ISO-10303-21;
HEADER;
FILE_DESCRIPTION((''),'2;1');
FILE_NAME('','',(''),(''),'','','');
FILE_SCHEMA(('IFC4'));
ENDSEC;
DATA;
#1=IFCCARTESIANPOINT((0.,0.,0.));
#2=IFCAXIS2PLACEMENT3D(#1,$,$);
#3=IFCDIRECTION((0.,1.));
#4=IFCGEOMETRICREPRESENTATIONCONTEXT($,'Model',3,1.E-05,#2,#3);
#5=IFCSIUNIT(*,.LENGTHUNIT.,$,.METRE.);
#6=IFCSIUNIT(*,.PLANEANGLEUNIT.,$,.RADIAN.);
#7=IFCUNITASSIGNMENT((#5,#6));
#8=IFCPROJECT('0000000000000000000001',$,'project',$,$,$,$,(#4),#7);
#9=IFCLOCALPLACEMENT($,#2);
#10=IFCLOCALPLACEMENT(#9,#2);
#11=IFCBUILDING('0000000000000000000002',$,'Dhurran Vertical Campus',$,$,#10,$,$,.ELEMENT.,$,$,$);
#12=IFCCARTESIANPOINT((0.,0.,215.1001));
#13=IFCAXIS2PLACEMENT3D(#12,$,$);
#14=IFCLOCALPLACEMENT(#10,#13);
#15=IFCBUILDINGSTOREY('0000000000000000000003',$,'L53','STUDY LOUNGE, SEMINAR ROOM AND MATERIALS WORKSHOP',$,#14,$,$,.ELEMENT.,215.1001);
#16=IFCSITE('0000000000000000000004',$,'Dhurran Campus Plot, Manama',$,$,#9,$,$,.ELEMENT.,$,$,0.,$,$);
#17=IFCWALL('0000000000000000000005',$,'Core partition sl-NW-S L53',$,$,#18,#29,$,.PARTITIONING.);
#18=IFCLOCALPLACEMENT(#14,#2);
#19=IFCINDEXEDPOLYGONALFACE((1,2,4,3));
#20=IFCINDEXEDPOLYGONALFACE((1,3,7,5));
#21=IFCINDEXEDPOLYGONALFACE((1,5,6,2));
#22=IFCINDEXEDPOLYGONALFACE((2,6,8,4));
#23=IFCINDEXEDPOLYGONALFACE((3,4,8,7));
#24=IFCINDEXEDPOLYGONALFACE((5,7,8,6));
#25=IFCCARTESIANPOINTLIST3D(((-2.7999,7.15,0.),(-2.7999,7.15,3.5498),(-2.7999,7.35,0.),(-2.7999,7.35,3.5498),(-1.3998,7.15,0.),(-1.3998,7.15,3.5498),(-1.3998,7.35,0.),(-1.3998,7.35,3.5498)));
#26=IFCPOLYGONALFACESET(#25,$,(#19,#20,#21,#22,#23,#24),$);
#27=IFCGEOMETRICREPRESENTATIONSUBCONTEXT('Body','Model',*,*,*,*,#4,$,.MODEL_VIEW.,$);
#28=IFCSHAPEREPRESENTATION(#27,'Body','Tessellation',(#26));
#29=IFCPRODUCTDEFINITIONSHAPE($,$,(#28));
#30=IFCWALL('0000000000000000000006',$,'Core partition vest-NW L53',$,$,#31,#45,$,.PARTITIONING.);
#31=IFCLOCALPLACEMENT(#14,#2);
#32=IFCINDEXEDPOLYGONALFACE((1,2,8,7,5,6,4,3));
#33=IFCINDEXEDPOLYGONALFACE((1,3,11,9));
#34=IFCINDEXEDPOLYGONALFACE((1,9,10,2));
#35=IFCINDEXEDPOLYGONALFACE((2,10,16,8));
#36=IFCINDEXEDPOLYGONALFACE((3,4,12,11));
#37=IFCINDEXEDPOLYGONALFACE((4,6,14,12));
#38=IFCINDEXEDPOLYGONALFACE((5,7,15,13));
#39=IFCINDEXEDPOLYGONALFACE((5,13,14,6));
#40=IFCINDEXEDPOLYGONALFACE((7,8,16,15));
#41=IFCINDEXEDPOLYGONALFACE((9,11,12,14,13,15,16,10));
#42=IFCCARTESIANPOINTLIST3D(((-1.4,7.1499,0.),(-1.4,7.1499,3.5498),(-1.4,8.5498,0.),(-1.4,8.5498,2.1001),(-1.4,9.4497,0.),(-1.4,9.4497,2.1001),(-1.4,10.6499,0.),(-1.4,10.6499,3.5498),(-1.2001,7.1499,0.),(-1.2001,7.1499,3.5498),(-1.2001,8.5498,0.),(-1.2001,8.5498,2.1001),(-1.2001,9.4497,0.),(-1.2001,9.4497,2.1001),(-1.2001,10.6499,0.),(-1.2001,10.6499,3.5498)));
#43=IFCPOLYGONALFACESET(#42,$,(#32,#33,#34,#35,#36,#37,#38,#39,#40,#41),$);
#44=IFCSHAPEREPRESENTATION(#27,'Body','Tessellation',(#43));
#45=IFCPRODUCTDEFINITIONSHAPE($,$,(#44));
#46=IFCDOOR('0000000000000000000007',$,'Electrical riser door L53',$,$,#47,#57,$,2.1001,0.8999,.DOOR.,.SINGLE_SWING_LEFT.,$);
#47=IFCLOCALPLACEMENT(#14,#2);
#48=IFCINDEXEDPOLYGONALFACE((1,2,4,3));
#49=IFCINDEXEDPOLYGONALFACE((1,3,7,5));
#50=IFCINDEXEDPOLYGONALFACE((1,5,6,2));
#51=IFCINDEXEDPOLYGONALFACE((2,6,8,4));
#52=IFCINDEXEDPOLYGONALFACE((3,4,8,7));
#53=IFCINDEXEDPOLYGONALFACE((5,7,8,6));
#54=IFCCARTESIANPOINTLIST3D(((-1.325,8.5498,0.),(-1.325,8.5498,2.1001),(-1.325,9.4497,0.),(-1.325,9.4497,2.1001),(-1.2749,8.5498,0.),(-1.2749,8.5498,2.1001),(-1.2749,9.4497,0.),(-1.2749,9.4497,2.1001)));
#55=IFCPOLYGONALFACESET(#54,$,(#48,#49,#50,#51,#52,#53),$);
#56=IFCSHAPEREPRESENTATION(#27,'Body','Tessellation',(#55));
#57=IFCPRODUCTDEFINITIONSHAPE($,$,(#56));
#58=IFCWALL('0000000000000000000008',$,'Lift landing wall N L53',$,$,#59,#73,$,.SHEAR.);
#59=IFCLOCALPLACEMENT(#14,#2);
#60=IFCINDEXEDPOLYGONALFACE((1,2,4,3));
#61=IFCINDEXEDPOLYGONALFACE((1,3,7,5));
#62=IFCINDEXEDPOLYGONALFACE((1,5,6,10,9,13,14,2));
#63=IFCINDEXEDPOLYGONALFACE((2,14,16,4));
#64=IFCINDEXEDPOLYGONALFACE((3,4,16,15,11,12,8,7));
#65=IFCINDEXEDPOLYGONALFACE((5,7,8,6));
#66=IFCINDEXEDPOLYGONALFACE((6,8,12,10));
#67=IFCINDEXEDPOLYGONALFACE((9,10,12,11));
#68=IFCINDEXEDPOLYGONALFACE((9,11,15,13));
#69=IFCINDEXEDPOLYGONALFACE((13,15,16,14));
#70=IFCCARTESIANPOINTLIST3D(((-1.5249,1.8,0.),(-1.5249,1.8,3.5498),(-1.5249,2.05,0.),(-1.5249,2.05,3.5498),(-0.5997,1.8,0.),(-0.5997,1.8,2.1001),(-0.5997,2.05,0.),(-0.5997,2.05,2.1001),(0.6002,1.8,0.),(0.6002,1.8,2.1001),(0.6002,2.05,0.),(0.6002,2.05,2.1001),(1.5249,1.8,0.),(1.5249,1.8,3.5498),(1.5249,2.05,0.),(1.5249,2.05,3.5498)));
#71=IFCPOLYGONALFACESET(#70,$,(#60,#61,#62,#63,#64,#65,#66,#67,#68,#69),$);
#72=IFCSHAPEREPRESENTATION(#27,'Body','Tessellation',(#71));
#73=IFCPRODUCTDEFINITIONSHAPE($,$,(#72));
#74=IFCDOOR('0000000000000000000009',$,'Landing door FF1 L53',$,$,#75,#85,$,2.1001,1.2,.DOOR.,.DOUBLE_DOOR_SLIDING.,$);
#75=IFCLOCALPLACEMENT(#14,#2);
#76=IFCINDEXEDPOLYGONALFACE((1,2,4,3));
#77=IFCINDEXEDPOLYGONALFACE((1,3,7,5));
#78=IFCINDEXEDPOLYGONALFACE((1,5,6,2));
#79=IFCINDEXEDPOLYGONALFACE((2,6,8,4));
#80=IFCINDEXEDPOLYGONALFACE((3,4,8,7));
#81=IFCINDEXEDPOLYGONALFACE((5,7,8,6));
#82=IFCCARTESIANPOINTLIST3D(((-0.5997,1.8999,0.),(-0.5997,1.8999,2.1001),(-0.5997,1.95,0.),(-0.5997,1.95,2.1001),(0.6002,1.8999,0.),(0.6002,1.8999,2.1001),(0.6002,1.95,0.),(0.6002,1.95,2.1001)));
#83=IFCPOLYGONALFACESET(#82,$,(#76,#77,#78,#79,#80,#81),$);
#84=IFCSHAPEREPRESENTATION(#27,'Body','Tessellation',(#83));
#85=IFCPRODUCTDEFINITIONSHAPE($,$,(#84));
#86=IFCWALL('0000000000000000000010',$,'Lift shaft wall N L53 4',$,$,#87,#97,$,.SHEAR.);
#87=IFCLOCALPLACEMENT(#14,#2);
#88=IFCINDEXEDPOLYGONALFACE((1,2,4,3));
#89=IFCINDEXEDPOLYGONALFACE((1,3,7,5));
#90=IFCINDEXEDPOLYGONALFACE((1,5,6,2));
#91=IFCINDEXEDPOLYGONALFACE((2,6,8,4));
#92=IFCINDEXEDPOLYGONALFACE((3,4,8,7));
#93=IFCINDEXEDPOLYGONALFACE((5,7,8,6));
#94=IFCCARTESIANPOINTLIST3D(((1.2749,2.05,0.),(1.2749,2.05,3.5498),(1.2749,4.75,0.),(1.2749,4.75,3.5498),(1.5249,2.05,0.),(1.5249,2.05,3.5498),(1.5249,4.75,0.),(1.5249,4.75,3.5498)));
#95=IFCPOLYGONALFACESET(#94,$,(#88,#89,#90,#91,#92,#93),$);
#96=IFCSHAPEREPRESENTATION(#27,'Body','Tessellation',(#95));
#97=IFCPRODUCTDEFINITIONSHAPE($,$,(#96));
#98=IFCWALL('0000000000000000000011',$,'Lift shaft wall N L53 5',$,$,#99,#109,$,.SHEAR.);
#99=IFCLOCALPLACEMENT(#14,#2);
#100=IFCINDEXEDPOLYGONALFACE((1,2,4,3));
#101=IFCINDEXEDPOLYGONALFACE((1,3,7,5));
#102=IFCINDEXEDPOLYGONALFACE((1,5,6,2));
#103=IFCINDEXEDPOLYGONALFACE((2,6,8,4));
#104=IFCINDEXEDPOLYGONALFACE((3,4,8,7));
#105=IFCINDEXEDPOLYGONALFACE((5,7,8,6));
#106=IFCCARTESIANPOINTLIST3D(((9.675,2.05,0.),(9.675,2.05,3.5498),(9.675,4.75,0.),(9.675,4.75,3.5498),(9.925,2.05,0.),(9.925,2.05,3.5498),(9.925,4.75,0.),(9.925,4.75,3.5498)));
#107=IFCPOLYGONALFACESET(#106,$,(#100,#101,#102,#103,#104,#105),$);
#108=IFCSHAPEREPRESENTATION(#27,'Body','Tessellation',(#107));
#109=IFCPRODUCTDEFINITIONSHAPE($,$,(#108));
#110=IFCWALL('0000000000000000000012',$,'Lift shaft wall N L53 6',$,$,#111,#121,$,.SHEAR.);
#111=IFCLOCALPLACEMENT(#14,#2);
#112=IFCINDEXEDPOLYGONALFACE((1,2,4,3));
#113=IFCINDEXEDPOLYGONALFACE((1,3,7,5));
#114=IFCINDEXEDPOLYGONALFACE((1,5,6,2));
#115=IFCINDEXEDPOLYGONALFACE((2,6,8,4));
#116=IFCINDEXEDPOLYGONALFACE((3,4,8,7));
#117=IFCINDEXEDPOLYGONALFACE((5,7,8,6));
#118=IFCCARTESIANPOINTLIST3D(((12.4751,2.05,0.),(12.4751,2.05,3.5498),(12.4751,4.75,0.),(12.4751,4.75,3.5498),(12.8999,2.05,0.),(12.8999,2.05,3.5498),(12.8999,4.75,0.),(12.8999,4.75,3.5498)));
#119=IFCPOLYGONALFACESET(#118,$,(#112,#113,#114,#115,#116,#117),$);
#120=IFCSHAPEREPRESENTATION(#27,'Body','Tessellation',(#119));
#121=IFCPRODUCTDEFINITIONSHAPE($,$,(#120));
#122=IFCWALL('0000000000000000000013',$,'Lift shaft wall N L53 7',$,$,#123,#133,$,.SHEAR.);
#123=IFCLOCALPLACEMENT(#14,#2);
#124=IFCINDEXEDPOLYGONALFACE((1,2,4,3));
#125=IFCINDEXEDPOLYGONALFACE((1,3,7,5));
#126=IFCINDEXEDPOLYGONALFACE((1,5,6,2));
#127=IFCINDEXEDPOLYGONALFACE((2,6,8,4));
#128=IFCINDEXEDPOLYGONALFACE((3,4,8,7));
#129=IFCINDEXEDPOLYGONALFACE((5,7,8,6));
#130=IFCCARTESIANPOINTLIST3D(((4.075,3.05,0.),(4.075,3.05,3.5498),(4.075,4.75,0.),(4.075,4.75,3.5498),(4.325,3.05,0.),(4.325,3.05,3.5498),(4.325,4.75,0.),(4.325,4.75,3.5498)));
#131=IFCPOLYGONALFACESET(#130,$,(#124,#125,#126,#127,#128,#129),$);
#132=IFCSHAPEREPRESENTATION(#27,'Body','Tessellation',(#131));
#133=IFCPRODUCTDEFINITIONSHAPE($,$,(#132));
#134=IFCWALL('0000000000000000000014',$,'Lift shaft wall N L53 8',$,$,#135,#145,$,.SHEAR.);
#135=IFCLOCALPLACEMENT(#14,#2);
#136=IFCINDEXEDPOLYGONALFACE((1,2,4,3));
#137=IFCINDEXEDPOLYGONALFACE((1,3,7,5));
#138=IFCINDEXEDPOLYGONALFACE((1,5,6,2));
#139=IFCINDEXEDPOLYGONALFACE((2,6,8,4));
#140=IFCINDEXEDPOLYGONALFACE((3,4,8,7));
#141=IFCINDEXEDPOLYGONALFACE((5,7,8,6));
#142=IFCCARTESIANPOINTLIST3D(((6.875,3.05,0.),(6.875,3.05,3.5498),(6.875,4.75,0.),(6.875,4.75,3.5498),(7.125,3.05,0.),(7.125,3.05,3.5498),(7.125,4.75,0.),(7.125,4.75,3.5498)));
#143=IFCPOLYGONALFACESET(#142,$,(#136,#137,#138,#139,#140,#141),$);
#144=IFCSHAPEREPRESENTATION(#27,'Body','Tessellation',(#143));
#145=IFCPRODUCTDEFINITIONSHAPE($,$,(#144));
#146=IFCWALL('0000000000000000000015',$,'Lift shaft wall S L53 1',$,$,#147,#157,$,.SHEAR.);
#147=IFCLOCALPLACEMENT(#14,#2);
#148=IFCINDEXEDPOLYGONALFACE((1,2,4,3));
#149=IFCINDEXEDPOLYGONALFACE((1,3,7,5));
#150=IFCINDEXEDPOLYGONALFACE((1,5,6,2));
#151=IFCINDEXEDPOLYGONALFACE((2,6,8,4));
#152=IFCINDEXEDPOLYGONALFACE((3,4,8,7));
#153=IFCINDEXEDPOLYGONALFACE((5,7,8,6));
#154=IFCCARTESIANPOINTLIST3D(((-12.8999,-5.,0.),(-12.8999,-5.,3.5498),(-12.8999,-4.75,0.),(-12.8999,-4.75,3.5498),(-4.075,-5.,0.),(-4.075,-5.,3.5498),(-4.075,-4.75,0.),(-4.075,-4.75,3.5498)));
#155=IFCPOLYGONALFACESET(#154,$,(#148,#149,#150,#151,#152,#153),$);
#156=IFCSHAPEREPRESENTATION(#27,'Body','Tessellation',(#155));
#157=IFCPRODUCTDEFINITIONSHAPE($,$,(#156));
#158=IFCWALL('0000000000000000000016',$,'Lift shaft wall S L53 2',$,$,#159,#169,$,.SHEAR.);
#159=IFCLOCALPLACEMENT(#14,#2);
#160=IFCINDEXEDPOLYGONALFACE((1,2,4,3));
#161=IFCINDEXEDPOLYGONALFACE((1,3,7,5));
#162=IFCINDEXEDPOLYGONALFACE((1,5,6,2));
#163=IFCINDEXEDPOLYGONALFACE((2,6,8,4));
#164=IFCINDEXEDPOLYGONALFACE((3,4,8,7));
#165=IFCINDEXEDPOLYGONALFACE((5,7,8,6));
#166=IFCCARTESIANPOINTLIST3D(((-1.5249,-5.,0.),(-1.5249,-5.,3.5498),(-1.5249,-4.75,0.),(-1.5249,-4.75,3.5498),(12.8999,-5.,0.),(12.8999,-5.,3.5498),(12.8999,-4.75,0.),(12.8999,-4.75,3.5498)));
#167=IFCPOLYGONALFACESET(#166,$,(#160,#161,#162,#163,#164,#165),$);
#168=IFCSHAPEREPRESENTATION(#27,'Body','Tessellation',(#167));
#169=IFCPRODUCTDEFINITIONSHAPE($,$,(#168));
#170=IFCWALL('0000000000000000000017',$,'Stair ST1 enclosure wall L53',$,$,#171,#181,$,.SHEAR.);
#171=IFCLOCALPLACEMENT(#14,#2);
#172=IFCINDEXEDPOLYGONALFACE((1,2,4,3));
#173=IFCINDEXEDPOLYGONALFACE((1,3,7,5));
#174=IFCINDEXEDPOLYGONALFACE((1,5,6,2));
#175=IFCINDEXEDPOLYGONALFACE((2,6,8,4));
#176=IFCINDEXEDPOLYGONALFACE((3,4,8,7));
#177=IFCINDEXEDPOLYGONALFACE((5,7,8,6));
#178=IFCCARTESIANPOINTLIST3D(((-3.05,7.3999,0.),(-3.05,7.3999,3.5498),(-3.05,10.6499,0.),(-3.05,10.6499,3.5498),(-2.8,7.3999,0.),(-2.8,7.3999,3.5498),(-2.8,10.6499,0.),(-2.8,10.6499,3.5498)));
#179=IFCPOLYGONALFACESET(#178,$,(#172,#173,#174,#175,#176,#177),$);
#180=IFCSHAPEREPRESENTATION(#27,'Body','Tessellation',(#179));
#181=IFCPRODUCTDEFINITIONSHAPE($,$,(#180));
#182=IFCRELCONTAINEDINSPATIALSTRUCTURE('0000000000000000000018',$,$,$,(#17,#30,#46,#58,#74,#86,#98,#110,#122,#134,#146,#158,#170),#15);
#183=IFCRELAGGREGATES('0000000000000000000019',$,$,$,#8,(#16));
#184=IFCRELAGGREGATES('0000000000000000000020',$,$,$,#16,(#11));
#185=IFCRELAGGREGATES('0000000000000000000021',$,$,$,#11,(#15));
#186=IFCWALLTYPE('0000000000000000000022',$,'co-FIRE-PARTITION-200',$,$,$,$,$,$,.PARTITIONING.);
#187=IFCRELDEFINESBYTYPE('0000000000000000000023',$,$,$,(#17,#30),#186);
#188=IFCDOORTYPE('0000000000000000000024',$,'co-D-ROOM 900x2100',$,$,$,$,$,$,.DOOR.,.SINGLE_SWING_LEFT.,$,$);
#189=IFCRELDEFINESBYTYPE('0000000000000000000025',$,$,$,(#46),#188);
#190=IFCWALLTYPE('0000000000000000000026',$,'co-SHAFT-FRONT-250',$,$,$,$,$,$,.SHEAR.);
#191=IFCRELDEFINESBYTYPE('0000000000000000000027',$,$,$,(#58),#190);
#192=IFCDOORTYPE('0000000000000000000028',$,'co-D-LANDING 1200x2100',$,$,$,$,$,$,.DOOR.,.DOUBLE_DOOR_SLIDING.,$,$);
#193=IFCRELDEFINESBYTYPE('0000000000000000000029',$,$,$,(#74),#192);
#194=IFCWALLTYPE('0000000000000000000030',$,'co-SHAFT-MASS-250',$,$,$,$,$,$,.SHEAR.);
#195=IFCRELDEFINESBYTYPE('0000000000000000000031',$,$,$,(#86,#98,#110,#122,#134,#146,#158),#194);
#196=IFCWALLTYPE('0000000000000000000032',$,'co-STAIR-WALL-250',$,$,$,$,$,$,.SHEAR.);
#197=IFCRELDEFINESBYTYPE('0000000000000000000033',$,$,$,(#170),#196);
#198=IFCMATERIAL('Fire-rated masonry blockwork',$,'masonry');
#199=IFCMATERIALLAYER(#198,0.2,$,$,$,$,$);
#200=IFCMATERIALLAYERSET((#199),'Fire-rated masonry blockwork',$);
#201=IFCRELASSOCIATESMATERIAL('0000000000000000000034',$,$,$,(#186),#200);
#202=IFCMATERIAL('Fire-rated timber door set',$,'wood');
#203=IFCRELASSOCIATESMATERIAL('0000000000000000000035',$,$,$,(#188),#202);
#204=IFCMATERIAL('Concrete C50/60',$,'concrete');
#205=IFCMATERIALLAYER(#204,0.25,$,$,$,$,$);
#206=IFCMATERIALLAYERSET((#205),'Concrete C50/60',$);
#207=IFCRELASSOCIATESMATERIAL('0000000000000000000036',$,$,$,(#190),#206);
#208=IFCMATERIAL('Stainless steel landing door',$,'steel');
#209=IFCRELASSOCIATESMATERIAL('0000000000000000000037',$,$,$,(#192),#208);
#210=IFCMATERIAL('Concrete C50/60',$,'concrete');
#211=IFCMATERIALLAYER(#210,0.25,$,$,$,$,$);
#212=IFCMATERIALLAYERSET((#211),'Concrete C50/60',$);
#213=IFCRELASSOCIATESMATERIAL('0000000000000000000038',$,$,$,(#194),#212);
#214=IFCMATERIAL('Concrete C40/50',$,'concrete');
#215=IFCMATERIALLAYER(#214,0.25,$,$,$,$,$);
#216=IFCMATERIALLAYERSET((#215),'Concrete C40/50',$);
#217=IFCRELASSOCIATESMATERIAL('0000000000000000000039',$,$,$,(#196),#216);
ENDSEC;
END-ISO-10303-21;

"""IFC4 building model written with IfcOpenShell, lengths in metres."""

from ifc_helpers import new_model, si_unit, direction, frame, frame_2d, origin, place, context, subcontext, project, spatial, polyline, rectangle, outline, extrude, material, layer, layer_set, type_object, element, fill, save


model = new_model("IFC4")

# Units and contexts
model_context = context("Model", 3, precision=1e-05, world=origin(), true_north=direction((0.0, 1.0)))
body_context = subcontext(model_context, "Body", "Model", "MODEL_VIEW")
ifc_project = project(units=[si_unit("LENGTHUNIT", "METRE"), si_unit("PLANEANGLEUNIT", "RADIAN")], contexts=[model_context])

# Site, building, storey
site_placement = place(None, origin())
site = spatial("IfcSite", under=ifc_project, at=site_placement, Name="Dhurran Campus Plot, Manama", CompositionType="ELEMENT", RefElevation=0.0)
building_placement = place(site_placement, origin())
building = spatial("IfcBuilding", under=site, at=building_placement, Name="Dhurran Vertical Campus", CompositionType="ELEMENT")
storey_placement = place(building_placement, frame((0.0, 0.0, 215.1001)))
storey = spatial("IfcBuildingStorey", under=building, at=storey_placement, Name="L53", Description="STUDY LOUNGE, SEMINAR ROOM AND MATERIALS WORKSHOP", CompositionType="ELEMENT", Elevation=215.1001)

# Wall
ifc_material_1 = material(Name="Fire-rated masonry blockwork", Category="masonry")
ifc_layer_1 = layer(ifc_material_1, 0.2)
ifc_layer_set_1 = layer_set([ifc_layer_1], Name="Fire-rated masonry blockwork")
wall_type_1 = type_object("IfcWallType", Name="co-FIRE-PARTITION-200", PredefinedType="PARTITIONING", material=ifc_layer_set_1)
wall_1_placement = place(storey_placement, frame((-2.8, 7.25, 0.0), z_axis=(0.0, 0.0, 1.0), x_axis=(1.0, 0.0, 0.0)))
element("IfcWall", 1, at=wall_1_placement, inside=storey, type_object=wall_type_1, Name="Core partition sl-NW-S L53", PredefinedType="PARTITIONING", context=body_context, shape_type="SweptSolid", body=[
    extrude(rectangle(XDim=1.4001, YDim=0.2, at=frame_2d((0.7002, 0.0))), origin(), (0.0, 0.0, 1.0), 3.5498),
])

# Walls, openings, doors
wall_2_placement = place(storey_placement, frame((-1.3, 7.1499, 0.0), z_axis=(0.0, 0.0, 1.0), x_axis=(0.0, 1.0, 0.0)))
wall_2 = element("IfcWall", 2, at=wall_2_placement, inside=storey, type_object=wall_type_1, Name="Core partition vest-NW L53", PredefinedType="PARTITIONING", context=body_context, shape_type="SweptSolid", body=[
    extrude(rectangle(XDim=3.5, YDim=0.2, at=frame_2d((1.75, 0.0))), origin(), (0.0, 0.0, 1.0), 3.5498),
])
opening_1_placement = place(wall_2_placement, frame((1.3999, 0.0, 0.0)))
opening_1 = element("IfcOpeningElement", 3, at=opening_1_placement, cuts=wall_2, PredefinedType="OPENING", context=body_context, shape_type="SweptSolid", body=[
    extrude(rectangle(XDim=0.8999, YDim=2.1001, at=frame_2d((0.45, 1.05))), frame((0.0, 0.1099, 0.0), z_axis=(0.0, -1.0, 0.0), x_axis=(1.0, 0.0, 0.0)), (0.0, 0.0, 1.0), 0.22),
])
ifc_material_2 = material(Name="Fire-rated timber door set", Category="wood")
door_type_1 = type_object("IfcDoorType", Name="co-D-ROOM 900x2100", OperationType="SINGLE_SWING_LEFT", PredefinedType="DOOR", material=ifc_material_2)
door_1_placement = place(opening_1_placement, origin())
door_1 = element("IfcDoor", 4, at=door_1_placement, inside=storey, type_object=door_type_1, Name="Electrical riser door L53", OperationType="SINGLE_SWING_LEFT", OverallHeight=2.1001, OverallWidth=0.8999, PredefinedType="DOOR", context=body_context, shape_type="SweptSolid", body=[
    extrude(rectangle(XDim=0.8999, YDim=2.1001, at=frame_2d((0.45, 1.05))), frame((0.0, 0.0249, 0.0), z_axis=(0.0, -1.0, 0.0), x_axis=(1.0, 0.0, 0.0)), (0.0, 0.0, 1.0), 0.05),
])
fill(opening_1, door_1)
ifc_material_3 = material(Name="Concrete C50/60", Category="concrete")
ifc_layer_2 = layer(ifc_material_3, 0.25)
ifc_layer_set_2 = layer_set([ifc_layer_2], Name="Concrete C50/60")
wall_type_2 = type_object("IfcWallType", Name="co-SHAFT-FRONT-250", PredefinedType="SHEAR", material=ifc_layer_set_2)
wall_3_placement = place(storey_placement, frame((-1.5249, 1.925, 0.0), z_axis=(0.0, 0.0, 1.0), x_axis=(1.0, 0.0, 0.0)))
wall_3 = element("IfcWall", 5, at=wall_3_placement, inside=storey, type_object=wall_type_2, Name="Lift landing wall N L53", PredefinedType="SHEAR", context=body_context, shape_type="SweptSolid", body=[
    extrude(rectangle(XDim=3.0498, YDim=0.25, at=frame_2d((1.5249, 0.0))), origin(), (0.0, 0.0, 1.0), 3.5498),
])
opening_2_placement = place(wall_3_placement, frame((0.925, 0.0, 0.0)))
opening_2 = element("IfcOpeningElement", 6, at=opening_2_placement, cuts=wall_3, PredefinedType="OPENING", context=body_context, shape_type="SweptSolid", body=[
    extrude(rectangle(XDim=1.2, YDim=2.1001, at=frame_2d((0.6001, 1.05))), frame((0.0, 0.135, 0.0), z_axis=(0.0, -1.0, 0.0), x_axis=(1.0, 0.0, 0.0)), (0.0, 0.0, 1.0), 0.27),
])
ifc_material_4 = material(Name="Stainless steel landing door", Category="steel")
door_type_2 = type_object("IfcDoorType", Name="co-D-LANDING 1200x2100", OperationType="DOUBLE_DOOR_SLIDING", PredefinedType="DOOR", material=ifc_material_4)
door_2_placement = place(opening_2_placement, origin())
door_2 = element("IfcDoor", 7, at=door_2_placement, inside=storey, type_object=door_type_2, Name="Landing door FF1 L53", OperationType="DOUBLE_DOOR_SLIDING", OverallHeight=2.1001, OverallWidth=1.2, PredefinedType="DOOR", context=body_context, shape_type="SweptSolid", body=[
    extrude(rectangle(XDim=1.2, YDim=2.1001, at=frame_2d((0.6001, 1.05))), frame((0.0, 0.0249, 0.0), z_axis=(0.0, -1.0, 0.0), x_axis=(1.0, 0.0, 0.0)), (0.0, 0.0, 1.0), 0.05),
])
fill(opening_2, door_2)

# Walls
ifc_material_5 = material(Name="Concrete C50/60", Category="concrete")
ifc_layer_3 = layer(ifc_material_5, 0.25)
ifc_layer_set_3 = layer_set([ifc_layer_3], Name="Concrete C50/60")
wall_type_3 = type_object("IfcWallType", Name="co-SHAFT-MASS-250", PredefinedType="SHEAR", material=ifc_layer_set_3)
wall_4_placement = place(storey_placement, origin())
element("IfcWall", 8, at=wall_4_placement, inside=storey, type_object=wall_type_3, Name="Lift shaft wall N L53 4", PredefinedType="SHEAR", context=body_context, shape_type="SweptSolid", body=[
    extrude(outline(polyline([(1.2749, 2.05), (1.5249, 2.05), (1.5249, 4.75), (1.2749, 4.75), (1.2749, 2.05)])), origin(), (0.0, 0.0, 1.0), 3.5498),
])
wall_5_placement = place(storey_placement, origin())
element("IfcWall", 9, at=wall_5_placement, inside=storey, type_object=wall_type_3, Name="Lift shaft wall N L53 5", PredefinedType="SHEAR", context=body_context, shape_type="SweptSolid", body=[
    extrude(outline(polyline([(9.675, 2.05), (9.925, 2.05), (9.925, 4.75), (9.675, 4.75), (9.675, 2.05)])), origin(), (0.0, 0.0, 1.0), 3.5498),
])
wall_6_placement = place(storey_placement, origin())
element("IfcWall", 10, at=wall_6_placement, inside=storey, type_object=wall_type_3, Name="Lift shaft wall N L53 6", PredefinedType="SHEAR", context=body_context, shape_type="SweptSolid", body=[
    extrude(outline(polyline([(12.4751, 2.05), (12.8999, 2.05), (12.8999, 4.75), (12.4751, 4.75), (12.4751, 2.05)])), origin(), (0.0, 0.0, 1.0), 3.5498),
])
wall_7_placement = place(storey_placement, origin())
element("IfcWall", 11, at=wall_7_placement, inside=storey, type_object=wall_type_3, Name="Lift shaft wall N L53 7", PredefinedType="SHEAR", context=body_context, shape_type="SweptSolid", body=[
    extrude(outline(polyline([(4.075, 3.05), (4.325, 3.05), (4.325, 4.75), (4.075, 4.75), (4.075, 3.05)])), origin(), (0.0, 0.0, 1.0), 3.5498),
])
wall_8_placement = place(storey_placement, origin())
element("IfcWall", 12, at=wall_8_placement, inside=storey, type_object=wall_type_3, Name="Lift shaft wall N L53 8", PredefinedType="SHEAR", context=body_context, shape_type="SweptSolid", body=[
    extrude(outline(polyline([(6.875, 3.05), (7.125, 3.05), (7.125, 4.75), (6.875, 4.75), (6.875, 3.05)])), origin(), (0.0, 0.0, 1.0), 3.5498),
])
wall_9_placement = place(storey_placement, origin())
element("IfcWall", 13, at=wall_9_placement, inside=storey, type_object=wall_type_3, Name="Lift shaft wall S L53 1", PredefinedType="SHEAR", context=body_context, shape_type="SweptSolid", body=[
    extrude(outline(polyline([(-12.8999, -5.0), (-4.075, -5.0), (-4.075, -4.75), (-12.8999, -4.75), (-12.8999, -5.0)])), origin(), (0.0, 0.0, 1.0), 3.5498),
])
wall_10_placement = place(storey_placement, origin())
element("IfcWall", 14, at=wall_10_placement, inside=storey, type_object=wall_type_3, Name="Lift shaft wall S L53 2", PredefinedType="SHEAR", context=body_context, shape_type="SweptSolid", body=[
    extrude(outline(polyline([(-1.5249, -5.0), (12.8999, -5.0), (12.8999, -4.75), (-1.5249, -4.75), (-1.5249, -5.0)])), origin(), (0.0, 0.0, 1.0), 3.5498),
])
ifc_material_6 = material(Name="Concrete C40/50", Category="concrete")
ifc_layer_4 = layer(ifc_material_6, 0.25)
ifc_layer_set_4 = layer_set([ifc_layer_4], Name="Concrete C40/50")
wall_type_4 = type_object("IfcWallType", Name="co-STAIR-WALL-250", PredefinedType="SHEAR", material=ifc_layer_set_4)
wall_11_placement = place(storey_placement, frame((-2.925, 7.3999, 0.0), z_axis=(0.0, 0.0, 1.0), x_axis=(0.0, 1.0, 0.0)))
element("IfcWall", 15, at=wall_11_placement, inside=storey, type_object=wall_type_4, Name="Stair ST1 enclosure wall L53", PredefinedType="SHEAR", context=body_context, shape_type="SweptSolid", body=[
    extrude(rectangle(XDim=3.25, YDim=0.25, at=frame_2d((1.625, 0.0))), origin(), (0.0, 0.0, 1.0), 3.5498),
])

save(model, "model.ifc")
